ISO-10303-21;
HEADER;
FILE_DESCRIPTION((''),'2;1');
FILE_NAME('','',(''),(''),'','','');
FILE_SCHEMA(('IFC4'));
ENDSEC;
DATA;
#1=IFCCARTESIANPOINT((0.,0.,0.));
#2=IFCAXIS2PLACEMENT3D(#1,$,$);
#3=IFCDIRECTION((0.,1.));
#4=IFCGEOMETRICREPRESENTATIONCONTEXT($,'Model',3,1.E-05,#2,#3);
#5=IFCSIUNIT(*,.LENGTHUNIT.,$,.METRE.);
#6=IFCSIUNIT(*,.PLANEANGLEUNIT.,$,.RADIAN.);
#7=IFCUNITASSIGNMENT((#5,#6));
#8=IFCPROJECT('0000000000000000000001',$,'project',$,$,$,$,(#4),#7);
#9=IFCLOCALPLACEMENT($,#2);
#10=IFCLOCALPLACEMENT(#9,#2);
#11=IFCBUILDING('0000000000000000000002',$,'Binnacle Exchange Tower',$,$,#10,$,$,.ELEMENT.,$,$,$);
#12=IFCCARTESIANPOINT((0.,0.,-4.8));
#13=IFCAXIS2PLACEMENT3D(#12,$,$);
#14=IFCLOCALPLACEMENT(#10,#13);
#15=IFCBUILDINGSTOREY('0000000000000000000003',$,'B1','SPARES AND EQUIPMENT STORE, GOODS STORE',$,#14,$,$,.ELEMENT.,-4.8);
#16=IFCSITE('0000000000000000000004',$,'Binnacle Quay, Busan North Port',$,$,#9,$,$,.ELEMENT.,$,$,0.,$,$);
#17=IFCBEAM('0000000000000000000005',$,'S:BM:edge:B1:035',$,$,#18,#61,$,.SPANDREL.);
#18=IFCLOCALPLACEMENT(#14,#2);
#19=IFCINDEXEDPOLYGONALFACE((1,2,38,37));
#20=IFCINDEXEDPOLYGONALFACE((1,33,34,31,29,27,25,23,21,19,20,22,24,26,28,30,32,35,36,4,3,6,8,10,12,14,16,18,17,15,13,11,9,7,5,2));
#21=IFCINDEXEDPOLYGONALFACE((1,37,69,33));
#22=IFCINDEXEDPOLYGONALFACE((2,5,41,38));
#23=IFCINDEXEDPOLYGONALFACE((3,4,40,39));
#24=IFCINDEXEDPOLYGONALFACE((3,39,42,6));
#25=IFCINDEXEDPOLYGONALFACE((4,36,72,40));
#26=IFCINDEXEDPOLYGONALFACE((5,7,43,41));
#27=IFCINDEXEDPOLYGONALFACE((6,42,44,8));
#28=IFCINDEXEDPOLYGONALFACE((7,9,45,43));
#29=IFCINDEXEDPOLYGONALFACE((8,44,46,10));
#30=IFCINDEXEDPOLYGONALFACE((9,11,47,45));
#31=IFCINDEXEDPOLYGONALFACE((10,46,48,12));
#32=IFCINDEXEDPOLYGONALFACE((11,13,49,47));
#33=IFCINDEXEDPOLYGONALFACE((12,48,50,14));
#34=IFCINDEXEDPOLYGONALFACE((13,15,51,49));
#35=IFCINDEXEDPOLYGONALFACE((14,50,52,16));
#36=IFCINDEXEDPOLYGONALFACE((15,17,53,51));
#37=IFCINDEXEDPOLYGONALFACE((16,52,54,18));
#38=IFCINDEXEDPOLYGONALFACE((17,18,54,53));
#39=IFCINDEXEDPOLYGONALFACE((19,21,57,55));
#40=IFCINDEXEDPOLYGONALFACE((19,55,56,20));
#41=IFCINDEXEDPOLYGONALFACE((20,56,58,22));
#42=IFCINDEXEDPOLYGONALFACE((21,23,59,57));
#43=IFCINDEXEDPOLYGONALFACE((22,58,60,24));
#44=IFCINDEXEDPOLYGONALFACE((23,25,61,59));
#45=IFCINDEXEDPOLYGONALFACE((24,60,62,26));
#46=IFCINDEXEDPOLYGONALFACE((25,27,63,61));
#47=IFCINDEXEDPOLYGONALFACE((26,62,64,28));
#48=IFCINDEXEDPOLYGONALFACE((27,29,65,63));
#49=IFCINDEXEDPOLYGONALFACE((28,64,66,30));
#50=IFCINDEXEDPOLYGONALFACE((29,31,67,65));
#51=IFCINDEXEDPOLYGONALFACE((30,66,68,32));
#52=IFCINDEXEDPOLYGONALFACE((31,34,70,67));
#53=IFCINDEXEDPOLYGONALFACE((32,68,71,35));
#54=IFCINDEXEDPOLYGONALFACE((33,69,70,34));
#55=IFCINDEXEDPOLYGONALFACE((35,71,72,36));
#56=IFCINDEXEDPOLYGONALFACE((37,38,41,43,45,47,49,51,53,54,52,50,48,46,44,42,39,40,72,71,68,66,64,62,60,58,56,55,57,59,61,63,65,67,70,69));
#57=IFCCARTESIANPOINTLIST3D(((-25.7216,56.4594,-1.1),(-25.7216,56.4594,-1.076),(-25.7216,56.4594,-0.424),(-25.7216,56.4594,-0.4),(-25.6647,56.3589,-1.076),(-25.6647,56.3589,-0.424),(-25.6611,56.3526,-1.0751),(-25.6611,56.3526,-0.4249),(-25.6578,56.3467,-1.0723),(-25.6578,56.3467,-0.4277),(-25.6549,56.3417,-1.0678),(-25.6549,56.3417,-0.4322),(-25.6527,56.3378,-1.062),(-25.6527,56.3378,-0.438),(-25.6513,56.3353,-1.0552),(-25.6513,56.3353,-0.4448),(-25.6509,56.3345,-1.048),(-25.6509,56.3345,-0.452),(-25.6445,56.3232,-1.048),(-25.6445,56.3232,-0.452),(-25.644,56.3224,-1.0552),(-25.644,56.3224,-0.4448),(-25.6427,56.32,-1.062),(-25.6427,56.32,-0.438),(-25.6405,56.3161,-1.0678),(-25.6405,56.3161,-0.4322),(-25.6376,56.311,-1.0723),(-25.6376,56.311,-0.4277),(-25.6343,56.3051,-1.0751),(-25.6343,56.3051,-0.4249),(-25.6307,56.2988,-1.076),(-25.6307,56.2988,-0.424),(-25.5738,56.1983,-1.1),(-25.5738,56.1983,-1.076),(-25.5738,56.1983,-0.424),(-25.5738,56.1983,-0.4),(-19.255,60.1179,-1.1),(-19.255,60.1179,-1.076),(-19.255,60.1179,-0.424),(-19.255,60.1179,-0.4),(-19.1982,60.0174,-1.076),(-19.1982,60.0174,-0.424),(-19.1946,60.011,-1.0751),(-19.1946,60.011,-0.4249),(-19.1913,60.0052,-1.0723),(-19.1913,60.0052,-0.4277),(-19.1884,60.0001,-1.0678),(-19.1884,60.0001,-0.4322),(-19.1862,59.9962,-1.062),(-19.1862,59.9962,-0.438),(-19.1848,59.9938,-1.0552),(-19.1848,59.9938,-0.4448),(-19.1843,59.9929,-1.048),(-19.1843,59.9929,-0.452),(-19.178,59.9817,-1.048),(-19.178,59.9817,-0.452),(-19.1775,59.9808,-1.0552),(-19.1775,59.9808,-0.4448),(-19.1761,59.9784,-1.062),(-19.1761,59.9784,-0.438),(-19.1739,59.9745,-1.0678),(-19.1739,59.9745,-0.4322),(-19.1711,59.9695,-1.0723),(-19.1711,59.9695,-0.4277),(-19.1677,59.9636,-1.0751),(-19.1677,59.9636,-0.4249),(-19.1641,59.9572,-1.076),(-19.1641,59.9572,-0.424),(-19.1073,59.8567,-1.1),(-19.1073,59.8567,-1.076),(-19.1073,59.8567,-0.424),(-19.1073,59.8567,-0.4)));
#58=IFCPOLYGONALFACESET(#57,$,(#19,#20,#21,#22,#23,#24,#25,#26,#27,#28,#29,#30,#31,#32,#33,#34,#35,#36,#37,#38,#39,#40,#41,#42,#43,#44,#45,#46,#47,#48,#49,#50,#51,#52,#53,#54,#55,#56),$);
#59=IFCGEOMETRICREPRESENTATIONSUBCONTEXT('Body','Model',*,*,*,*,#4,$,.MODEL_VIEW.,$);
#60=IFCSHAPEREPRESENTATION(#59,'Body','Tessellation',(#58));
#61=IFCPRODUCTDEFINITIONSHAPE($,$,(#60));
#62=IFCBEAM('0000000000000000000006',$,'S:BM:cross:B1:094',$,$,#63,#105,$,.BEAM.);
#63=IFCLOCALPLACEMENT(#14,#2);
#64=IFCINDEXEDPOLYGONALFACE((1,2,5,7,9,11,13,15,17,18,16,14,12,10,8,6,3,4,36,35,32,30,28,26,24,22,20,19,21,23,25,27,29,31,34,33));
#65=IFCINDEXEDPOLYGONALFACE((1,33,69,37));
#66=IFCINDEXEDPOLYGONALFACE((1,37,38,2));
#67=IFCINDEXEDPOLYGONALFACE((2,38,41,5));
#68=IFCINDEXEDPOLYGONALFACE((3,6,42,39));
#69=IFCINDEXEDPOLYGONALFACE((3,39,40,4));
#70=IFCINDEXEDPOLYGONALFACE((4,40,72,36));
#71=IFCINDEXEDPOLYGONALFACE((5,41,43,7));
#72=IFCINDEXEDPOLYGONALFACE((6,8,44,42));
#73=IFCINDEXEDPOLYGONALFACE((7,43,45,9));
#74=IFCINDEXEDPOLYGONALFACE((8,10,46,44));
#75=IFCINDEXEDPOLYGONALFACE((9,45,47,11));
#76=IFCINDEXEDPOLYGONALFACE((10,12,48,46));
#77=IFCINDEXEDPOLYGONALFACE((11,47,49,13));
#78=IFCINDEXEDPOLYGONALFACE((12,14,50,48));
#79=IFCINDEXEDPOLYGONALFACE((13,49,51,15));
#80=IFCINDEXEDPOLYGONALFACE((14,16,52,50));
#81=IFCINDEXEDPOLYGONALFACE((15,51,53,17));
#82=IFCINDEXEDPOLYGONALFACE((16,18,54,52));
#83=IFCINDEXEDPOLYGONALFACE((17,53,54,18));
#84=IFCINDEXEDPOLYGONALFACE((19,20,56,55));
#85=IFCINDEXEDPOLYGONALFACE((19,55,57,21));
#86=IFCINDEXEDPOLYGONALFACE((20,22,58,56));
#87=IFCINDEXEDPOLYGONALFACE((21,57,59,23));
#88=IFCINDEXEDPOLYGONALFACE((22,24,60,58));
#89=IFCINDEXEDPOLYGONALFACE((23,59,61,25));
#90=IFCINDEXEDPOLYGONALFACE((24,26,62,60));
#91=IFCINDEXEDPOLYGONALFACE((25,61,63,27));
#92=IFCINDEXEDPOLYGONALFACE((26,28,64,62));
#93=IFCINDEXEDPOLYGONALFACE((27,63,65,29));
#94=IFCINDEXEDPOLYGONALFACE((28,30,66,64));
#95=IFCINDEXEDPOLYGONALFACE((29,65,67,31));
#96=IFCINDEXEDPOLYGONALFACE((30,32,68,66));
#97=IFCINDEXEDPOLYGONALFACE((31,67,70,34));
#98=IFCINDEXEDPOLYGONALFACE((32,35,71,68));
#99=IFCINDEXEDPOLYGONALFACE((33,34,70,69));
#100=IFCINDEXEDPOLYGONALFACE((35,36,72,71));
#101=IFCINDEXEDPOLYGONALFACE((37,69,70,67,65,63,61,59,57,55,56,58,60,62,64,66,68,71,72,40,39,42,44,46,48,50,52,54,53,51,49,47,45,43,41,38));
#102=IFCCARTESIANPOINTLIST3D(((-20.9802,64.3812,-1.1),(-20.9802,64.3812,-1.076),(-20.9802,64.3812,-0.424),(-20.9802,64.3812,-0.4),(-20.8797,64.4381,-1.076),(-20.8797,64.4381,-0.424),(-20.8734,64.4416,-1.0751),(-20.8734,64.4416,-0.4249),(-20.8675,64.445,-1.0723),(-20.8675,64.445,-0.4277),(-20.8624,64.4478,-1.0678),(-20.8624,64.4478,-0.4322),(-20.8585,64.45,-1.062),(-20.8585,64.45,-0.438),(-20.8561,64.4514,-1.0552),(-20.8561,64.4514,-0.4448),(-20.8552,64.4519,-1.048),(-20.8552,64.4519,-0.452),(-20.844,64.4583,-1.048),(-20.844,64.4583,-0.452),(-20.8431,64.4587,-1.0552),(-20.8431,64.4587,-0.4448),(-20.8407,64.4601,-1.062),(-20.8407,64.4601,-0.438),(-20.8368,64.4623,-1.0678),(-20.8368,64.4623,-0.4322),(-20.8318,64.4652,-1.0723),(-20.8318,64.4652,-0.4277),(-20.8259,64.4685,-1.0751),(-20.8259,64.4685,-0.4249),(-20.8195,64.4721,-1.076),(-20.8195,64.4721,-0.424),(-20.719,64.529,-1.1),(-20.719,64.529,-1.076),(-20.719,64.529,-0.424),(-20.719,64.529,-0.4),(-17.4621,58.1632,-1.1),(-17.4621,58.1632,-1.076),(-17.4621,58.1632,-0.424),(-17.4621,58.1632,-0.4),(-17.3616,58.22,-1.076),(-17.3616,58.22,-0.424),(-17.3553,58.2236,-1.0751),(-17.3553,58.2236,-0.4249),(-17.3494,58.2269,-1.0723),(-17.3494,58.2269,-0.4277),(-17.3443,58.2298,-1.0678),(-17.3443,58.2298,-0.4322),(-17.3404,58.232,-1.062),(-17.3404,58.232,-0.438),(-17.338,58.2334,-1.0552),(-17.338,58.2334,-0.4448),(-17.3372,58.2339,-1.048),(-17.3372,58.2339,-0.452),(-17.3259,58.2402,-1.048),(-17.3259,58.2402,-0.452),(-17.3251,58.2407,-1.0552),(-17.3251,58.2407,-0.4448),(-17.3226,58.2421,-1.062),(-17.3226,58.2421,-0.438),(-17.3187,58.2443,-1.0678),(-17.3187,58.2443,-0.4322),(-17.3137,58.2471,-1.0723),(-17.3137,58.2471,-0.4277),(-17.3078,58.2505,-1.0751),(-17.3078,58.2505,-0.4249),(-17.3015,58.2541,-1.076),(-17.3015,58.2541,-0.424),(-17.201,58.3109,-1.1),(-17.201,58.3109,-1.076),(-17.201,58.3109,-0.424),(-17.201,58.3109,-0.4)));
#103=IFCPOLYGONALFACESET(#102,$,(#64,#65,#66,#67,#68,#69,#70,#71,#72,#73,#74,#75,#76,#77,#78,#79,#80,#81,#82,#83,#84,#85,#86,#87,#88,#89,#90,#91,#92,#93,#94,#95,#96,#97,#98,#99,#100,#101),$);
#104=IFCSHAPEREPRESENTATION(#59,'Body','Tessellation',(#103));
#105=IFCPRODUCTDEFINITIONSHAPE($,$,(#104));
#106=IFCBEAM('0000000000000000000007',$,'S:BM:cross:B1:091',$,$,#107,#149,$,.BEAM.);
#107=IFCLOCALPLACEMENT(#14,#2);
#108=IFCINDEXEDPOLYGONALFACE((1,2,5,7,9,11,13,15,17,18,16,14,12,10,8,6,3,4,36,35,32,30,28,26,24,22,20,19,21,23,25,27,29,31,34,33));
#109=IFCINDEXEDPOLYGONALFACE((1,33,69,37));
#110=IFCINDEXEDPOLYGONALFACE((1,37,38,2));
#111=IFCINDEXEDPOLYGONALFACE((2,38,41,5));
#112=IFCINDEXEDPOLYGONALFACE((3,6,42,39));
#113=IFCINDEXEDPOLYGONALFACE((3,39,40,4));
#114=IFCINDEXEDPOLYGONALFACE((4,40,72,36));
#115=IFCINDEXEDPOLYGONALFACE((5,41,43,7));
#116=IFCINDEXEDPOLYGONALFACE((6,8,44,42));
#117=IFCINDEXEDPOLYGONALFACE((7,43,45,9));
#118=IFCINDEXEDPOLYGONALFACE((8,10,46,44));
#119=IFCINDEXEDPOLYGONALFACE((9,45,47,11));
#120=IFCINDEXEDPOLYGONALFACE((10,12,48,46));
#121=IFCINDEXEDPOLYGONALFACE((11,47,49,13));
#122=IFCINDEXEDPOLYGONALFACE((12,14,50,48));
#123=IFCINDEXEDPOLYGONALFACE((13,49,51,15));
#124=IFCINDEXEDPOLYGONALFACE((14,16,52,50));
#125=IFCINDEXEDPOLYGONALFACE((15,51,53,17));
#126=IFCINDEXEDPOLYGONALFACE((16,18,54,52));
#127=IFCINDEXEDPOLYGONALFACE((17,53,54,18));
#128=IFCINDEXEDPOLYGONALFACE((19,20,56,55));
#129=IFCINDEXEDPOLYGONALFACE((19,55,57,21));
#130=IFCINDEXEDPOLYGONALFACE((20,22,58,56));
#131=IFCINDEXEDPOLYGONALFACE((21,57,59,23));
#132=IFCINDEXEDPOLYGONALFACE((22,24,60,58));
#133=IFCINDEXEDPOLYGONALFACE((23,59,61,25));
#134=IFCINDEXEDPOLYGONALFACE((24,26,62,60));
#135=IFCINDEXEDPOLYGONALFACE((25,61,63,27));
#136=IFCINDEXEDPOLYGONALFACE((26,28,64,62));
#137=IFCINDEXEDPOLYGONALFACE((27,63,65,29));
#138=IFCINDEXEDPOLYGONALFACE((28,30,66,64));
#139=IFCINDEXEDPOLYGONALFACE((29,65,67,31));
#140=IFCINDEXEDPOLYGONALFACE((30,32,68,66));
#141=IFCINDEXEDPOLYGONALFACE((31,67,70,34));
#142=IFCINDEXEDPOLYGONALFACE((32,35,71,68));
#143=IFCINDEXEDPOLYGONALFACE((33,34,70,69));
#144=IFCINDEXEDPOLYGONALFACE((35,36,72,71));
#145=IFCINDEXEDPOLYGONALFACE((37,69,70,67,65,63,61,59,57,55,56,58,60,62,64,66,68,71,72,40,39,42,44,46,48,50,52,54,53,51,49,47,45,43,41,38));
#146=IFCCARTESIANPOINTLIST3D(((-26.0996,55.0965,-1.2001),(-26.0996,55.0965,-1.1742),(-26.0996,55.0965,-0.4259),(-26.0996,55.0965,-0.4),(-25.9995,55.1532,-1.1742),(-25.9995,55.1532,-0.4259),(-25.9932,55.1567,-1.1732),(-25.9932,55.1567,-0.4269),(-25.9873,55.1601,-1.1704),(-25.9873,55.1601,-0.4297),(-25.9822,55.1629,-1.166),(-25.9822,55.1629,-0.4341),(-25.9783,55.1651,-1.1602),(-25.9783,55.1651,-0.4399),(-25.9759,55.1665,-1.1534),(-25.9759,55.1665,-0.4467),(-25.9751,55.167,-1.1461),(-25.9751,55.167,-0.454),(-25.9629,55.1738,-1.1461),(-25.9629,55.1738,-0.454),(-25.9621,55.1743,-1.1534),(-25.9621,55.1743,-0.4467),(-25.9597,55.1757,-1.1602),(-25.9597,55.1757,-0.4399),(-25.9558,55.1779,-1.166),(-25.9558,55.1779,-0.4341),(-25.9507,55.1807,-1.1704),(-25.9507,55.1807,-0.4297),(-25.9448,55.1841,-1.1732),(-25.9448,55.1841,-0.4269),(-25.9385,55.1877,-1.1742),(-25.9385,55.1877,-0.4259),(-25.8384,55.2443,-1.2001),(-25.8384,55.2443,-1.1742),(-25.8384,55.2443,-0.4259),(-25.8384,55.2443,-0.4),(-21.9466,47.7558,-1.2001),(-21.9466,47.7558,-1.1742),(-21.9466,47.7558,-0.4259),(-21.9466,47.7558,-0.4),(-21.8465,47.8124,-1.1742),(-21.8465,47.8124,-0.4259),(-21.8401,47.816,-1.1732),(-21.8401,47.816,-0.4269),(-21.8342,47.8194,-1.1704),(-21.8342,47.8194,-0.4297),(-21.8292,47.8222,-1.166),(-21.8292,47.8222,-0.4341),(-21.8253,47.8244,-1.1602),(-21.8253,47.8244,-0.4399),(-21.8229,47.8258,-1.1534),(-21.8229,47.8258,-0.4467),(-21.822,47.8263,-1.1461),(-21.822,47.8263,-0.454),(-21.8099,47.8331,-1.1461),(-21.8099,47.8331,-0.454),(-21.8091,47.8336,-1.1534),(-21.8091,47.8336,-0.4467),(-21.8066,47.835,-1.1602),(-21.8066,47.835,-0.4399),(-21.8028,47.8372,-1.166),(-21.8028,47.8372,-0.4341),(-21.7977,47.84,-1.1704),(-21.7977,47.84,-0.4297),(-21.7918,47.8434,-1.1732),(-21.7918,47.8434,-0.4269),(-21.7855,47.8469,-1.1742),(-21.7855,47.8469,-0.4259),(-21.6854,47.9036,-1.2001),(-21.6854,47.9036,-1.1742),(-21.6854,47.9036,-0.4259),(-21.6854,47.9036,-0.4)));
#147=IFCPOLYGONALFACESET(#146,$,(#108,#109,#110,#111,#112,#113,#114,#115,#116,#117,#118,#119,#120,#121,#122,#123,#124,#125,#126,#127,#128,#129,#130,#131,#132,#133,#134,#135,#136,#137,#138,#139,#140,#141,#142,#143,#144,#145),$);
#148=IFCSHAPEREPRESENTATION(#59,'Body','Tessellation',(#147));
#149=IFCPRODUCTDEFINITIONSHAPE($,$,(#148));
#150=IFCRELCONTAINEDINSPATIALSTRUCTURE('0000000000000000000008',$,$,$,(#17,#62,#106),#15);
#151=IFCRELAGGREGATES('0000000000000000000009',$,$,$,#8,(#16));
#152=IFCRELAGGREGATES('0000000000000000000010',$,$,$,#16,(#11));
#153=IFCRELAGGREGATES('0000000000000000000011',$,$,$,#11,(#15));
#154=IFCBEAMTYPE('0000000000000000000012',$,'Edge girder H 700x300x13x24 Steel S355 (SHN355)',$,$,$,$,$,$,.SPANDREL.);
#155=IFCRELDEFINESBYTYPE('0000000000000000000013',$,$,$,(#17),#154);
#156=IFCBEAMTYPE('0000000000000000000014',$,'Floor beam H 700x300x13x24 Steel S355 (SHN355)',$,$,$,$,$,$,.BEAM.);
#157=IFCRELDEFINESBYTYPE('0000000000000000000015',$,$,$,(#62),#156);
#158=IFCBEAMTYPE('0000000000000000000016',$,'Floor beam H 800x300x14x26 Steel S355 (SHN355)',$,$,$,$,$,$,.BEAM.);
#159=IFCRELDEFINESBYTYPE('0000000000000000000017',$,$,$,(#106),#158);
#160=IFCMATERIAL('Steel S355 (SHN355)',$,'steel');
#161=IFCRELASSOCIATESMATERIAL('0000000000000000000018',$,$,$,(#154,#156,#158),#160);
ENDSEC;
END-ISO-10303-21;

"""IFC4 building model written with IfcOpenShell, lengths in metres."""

from ifc_helpers import new_model, si_unit, direction, frame, origin, origin_2d, place, context, subcontext, project, spatial, i_section, extrude, material, material_profile, profile_set, type_object, element, save


model = new_model("IFC4")

# Units and contexts
model_context = context("Model", 3, precision=1e-05, world=origin(), true_north=direction((0.0, 1.0)))
body_context = subcontext(model_context, "Body", "Model", "MODEL_VIEW")
ifc_project = project(units=[si_unit("LENGTHUNIT", "METRE"), si_unit("PLANEANGLEUNIT", "RADIAN")], contexts=[model_context])

# Site, building, storey
site_placement = place(None, origin())
site = spatial("IfcSite", under=ifc_project, at=site_placement, Name="Binnacle Quay, Busan North Port", CompositionType="ELEMENT", RefElevation=0.0)
building_placement = place(site_placement, origin())
building = spatial("IfcBuilding", under=site, at=building_placement, Name="Binnacle Exchange Tower", CompositionType="ELEMENT")
storey_placement = place(building_placement, frame((0.0, 0.0, -4.8)))
storey = spatial("IfcBuildingStorey", under=building, at=storey_placement, Name="B1", Description="SPARES AND EQUIPMENT STORE, GOODS STORE", CompositionType="ELEMENT", Elevation=-4.8)

# Beams
ifc_material_1 = material(Name="Steel S355 (SHN355)", Category="steel")
ifc_material_profile_1 = material_profile(ifc_material_1, i_section(OverallWidth=0.3, OverallDepth=0.7, WebThickness=0.0129, FlangeThickness=0.0239, FilletRadius=0.0281, at=origin_2d()), Name="H 700x300x13x24")
ifc_profile_set_1 = profile_set([ifc_material_profile_1], Name="Steel S355 (SHN355)")
beam_type_1 = type_object("IfcBeamType", Name="Edge girder H 700x300x13x24 Steel S355 (SHN355)", PredefinedType="SPANDREL", material=ifc_profile_set_1)
beam_1_placement = place(storey_placement, frame((-19.1812, 59.9873, -0.75), z_axis=(-0.870364, -0.492408, 0.0), x_axis=(0.492408, -0.870364, 0.0)))
element("IfcBeam", 1, at=beam_1_placement, inside=storey, type_object=beam_type_1, Name="S:BM:edge:B1:035", PredefinedType="SPANDREL", context=body_context, shape_type="SweptSolid", body=[
    extrude(i_section(OverallWidth=0.3, OverallDepth=0.7, WebThickness=0.0129, FlangeThickness=0.0239, FilletRadius=0.0281, at=origin_2d()), origin(), (0.0, 0.0, 1.0), 7.4297),
])
ifc_material_profile_2 = material_profile(ifc_material_1, i_section(OverallWidth=0.3, OverallDepth=0.7, WebThickness=0.0129, FlangeThickness=0.0239, FilletRadius=0.0281, at=origin_2d()), Name="H 700x300x13x24")
ifc_profile_set_2 = profile_set([ifc_material_profile_2], Name="Steel S355 (SHN355)")
beam_type_2 = type_object("IfcBeamType", Name="Floor beam H 700x300x13x24 Steel S355 (SHN355)", PredefinedType="BEAM", material=ifc_profile_set_2)
beam_2_placement = place(storey_placement, frame((-20.8496, 64.4551, -0.75), z_axis=(0.492432, -0.870351, 0.0), x_axis=(0.870351, 0.492432, 0.0)))
element("IfcBeam", 2, at=beam_2_placement, inside=storey, type_object=beam_type_2, Name="S:BM:cross:B1:094", PredefinedType="BEAM", context=body_context, shape_type="SweptSolid", body=[
    extrude(i_section(OverallWidth=0.3, OverallDepth=0.7, WebThickness=0.0129, FlangeThickness=0.0239, FilletRadius=0.0281, at=origin_2d()), origin(), (0.0, 0.0, 1.0), 7.1443),
])
ifc_material_profile_3 = material_profile(ifc_material_1, i_section(OverallWidth=0.3, OverallDepth=0.8, WebThickness=0.0139, FlangeThickness=0.0259, FilletRadius=0.0281, at=origin_2d()), Name="H 800x300x14x26")
ifc_profile_set_3 = profile_set([ifc_material_profile_3], Name="Steel S355 (SHN355)")
beam_type_3 = type_object("IfcBeamType", Name="Floor beam H 800x300x14x26 Steel S355 (SHN355)", PredefinedType="BEAM", material=ifc_profile_set_3)
beam_3_placement = place(storey_placement, frame((-25.969, 55.1704, -0.8), z_axis=(0.492409, -0.870364, 0.0), x_axis=(0.870364, 0.492409, 0.0)))
element("IfcBeam", 3, at=beam_3_placement, inside=storey, type_object=beam_type_3, Name="S:BM:cross:B1:091", PredefinedType="BEAM", context=body_context, shape_type="SweptSolid", body=[
    extrude(i_section(OverallWidth=0.3, OverallDepth=0.8, WebThickness=0.0139, FlangeThickness=0.0259, FilletRadius=0.0281, at=origin_2d()), origin(), (0.0, 0.0, 1.0), 8.4341),
])

save(model, "model.ifc")
